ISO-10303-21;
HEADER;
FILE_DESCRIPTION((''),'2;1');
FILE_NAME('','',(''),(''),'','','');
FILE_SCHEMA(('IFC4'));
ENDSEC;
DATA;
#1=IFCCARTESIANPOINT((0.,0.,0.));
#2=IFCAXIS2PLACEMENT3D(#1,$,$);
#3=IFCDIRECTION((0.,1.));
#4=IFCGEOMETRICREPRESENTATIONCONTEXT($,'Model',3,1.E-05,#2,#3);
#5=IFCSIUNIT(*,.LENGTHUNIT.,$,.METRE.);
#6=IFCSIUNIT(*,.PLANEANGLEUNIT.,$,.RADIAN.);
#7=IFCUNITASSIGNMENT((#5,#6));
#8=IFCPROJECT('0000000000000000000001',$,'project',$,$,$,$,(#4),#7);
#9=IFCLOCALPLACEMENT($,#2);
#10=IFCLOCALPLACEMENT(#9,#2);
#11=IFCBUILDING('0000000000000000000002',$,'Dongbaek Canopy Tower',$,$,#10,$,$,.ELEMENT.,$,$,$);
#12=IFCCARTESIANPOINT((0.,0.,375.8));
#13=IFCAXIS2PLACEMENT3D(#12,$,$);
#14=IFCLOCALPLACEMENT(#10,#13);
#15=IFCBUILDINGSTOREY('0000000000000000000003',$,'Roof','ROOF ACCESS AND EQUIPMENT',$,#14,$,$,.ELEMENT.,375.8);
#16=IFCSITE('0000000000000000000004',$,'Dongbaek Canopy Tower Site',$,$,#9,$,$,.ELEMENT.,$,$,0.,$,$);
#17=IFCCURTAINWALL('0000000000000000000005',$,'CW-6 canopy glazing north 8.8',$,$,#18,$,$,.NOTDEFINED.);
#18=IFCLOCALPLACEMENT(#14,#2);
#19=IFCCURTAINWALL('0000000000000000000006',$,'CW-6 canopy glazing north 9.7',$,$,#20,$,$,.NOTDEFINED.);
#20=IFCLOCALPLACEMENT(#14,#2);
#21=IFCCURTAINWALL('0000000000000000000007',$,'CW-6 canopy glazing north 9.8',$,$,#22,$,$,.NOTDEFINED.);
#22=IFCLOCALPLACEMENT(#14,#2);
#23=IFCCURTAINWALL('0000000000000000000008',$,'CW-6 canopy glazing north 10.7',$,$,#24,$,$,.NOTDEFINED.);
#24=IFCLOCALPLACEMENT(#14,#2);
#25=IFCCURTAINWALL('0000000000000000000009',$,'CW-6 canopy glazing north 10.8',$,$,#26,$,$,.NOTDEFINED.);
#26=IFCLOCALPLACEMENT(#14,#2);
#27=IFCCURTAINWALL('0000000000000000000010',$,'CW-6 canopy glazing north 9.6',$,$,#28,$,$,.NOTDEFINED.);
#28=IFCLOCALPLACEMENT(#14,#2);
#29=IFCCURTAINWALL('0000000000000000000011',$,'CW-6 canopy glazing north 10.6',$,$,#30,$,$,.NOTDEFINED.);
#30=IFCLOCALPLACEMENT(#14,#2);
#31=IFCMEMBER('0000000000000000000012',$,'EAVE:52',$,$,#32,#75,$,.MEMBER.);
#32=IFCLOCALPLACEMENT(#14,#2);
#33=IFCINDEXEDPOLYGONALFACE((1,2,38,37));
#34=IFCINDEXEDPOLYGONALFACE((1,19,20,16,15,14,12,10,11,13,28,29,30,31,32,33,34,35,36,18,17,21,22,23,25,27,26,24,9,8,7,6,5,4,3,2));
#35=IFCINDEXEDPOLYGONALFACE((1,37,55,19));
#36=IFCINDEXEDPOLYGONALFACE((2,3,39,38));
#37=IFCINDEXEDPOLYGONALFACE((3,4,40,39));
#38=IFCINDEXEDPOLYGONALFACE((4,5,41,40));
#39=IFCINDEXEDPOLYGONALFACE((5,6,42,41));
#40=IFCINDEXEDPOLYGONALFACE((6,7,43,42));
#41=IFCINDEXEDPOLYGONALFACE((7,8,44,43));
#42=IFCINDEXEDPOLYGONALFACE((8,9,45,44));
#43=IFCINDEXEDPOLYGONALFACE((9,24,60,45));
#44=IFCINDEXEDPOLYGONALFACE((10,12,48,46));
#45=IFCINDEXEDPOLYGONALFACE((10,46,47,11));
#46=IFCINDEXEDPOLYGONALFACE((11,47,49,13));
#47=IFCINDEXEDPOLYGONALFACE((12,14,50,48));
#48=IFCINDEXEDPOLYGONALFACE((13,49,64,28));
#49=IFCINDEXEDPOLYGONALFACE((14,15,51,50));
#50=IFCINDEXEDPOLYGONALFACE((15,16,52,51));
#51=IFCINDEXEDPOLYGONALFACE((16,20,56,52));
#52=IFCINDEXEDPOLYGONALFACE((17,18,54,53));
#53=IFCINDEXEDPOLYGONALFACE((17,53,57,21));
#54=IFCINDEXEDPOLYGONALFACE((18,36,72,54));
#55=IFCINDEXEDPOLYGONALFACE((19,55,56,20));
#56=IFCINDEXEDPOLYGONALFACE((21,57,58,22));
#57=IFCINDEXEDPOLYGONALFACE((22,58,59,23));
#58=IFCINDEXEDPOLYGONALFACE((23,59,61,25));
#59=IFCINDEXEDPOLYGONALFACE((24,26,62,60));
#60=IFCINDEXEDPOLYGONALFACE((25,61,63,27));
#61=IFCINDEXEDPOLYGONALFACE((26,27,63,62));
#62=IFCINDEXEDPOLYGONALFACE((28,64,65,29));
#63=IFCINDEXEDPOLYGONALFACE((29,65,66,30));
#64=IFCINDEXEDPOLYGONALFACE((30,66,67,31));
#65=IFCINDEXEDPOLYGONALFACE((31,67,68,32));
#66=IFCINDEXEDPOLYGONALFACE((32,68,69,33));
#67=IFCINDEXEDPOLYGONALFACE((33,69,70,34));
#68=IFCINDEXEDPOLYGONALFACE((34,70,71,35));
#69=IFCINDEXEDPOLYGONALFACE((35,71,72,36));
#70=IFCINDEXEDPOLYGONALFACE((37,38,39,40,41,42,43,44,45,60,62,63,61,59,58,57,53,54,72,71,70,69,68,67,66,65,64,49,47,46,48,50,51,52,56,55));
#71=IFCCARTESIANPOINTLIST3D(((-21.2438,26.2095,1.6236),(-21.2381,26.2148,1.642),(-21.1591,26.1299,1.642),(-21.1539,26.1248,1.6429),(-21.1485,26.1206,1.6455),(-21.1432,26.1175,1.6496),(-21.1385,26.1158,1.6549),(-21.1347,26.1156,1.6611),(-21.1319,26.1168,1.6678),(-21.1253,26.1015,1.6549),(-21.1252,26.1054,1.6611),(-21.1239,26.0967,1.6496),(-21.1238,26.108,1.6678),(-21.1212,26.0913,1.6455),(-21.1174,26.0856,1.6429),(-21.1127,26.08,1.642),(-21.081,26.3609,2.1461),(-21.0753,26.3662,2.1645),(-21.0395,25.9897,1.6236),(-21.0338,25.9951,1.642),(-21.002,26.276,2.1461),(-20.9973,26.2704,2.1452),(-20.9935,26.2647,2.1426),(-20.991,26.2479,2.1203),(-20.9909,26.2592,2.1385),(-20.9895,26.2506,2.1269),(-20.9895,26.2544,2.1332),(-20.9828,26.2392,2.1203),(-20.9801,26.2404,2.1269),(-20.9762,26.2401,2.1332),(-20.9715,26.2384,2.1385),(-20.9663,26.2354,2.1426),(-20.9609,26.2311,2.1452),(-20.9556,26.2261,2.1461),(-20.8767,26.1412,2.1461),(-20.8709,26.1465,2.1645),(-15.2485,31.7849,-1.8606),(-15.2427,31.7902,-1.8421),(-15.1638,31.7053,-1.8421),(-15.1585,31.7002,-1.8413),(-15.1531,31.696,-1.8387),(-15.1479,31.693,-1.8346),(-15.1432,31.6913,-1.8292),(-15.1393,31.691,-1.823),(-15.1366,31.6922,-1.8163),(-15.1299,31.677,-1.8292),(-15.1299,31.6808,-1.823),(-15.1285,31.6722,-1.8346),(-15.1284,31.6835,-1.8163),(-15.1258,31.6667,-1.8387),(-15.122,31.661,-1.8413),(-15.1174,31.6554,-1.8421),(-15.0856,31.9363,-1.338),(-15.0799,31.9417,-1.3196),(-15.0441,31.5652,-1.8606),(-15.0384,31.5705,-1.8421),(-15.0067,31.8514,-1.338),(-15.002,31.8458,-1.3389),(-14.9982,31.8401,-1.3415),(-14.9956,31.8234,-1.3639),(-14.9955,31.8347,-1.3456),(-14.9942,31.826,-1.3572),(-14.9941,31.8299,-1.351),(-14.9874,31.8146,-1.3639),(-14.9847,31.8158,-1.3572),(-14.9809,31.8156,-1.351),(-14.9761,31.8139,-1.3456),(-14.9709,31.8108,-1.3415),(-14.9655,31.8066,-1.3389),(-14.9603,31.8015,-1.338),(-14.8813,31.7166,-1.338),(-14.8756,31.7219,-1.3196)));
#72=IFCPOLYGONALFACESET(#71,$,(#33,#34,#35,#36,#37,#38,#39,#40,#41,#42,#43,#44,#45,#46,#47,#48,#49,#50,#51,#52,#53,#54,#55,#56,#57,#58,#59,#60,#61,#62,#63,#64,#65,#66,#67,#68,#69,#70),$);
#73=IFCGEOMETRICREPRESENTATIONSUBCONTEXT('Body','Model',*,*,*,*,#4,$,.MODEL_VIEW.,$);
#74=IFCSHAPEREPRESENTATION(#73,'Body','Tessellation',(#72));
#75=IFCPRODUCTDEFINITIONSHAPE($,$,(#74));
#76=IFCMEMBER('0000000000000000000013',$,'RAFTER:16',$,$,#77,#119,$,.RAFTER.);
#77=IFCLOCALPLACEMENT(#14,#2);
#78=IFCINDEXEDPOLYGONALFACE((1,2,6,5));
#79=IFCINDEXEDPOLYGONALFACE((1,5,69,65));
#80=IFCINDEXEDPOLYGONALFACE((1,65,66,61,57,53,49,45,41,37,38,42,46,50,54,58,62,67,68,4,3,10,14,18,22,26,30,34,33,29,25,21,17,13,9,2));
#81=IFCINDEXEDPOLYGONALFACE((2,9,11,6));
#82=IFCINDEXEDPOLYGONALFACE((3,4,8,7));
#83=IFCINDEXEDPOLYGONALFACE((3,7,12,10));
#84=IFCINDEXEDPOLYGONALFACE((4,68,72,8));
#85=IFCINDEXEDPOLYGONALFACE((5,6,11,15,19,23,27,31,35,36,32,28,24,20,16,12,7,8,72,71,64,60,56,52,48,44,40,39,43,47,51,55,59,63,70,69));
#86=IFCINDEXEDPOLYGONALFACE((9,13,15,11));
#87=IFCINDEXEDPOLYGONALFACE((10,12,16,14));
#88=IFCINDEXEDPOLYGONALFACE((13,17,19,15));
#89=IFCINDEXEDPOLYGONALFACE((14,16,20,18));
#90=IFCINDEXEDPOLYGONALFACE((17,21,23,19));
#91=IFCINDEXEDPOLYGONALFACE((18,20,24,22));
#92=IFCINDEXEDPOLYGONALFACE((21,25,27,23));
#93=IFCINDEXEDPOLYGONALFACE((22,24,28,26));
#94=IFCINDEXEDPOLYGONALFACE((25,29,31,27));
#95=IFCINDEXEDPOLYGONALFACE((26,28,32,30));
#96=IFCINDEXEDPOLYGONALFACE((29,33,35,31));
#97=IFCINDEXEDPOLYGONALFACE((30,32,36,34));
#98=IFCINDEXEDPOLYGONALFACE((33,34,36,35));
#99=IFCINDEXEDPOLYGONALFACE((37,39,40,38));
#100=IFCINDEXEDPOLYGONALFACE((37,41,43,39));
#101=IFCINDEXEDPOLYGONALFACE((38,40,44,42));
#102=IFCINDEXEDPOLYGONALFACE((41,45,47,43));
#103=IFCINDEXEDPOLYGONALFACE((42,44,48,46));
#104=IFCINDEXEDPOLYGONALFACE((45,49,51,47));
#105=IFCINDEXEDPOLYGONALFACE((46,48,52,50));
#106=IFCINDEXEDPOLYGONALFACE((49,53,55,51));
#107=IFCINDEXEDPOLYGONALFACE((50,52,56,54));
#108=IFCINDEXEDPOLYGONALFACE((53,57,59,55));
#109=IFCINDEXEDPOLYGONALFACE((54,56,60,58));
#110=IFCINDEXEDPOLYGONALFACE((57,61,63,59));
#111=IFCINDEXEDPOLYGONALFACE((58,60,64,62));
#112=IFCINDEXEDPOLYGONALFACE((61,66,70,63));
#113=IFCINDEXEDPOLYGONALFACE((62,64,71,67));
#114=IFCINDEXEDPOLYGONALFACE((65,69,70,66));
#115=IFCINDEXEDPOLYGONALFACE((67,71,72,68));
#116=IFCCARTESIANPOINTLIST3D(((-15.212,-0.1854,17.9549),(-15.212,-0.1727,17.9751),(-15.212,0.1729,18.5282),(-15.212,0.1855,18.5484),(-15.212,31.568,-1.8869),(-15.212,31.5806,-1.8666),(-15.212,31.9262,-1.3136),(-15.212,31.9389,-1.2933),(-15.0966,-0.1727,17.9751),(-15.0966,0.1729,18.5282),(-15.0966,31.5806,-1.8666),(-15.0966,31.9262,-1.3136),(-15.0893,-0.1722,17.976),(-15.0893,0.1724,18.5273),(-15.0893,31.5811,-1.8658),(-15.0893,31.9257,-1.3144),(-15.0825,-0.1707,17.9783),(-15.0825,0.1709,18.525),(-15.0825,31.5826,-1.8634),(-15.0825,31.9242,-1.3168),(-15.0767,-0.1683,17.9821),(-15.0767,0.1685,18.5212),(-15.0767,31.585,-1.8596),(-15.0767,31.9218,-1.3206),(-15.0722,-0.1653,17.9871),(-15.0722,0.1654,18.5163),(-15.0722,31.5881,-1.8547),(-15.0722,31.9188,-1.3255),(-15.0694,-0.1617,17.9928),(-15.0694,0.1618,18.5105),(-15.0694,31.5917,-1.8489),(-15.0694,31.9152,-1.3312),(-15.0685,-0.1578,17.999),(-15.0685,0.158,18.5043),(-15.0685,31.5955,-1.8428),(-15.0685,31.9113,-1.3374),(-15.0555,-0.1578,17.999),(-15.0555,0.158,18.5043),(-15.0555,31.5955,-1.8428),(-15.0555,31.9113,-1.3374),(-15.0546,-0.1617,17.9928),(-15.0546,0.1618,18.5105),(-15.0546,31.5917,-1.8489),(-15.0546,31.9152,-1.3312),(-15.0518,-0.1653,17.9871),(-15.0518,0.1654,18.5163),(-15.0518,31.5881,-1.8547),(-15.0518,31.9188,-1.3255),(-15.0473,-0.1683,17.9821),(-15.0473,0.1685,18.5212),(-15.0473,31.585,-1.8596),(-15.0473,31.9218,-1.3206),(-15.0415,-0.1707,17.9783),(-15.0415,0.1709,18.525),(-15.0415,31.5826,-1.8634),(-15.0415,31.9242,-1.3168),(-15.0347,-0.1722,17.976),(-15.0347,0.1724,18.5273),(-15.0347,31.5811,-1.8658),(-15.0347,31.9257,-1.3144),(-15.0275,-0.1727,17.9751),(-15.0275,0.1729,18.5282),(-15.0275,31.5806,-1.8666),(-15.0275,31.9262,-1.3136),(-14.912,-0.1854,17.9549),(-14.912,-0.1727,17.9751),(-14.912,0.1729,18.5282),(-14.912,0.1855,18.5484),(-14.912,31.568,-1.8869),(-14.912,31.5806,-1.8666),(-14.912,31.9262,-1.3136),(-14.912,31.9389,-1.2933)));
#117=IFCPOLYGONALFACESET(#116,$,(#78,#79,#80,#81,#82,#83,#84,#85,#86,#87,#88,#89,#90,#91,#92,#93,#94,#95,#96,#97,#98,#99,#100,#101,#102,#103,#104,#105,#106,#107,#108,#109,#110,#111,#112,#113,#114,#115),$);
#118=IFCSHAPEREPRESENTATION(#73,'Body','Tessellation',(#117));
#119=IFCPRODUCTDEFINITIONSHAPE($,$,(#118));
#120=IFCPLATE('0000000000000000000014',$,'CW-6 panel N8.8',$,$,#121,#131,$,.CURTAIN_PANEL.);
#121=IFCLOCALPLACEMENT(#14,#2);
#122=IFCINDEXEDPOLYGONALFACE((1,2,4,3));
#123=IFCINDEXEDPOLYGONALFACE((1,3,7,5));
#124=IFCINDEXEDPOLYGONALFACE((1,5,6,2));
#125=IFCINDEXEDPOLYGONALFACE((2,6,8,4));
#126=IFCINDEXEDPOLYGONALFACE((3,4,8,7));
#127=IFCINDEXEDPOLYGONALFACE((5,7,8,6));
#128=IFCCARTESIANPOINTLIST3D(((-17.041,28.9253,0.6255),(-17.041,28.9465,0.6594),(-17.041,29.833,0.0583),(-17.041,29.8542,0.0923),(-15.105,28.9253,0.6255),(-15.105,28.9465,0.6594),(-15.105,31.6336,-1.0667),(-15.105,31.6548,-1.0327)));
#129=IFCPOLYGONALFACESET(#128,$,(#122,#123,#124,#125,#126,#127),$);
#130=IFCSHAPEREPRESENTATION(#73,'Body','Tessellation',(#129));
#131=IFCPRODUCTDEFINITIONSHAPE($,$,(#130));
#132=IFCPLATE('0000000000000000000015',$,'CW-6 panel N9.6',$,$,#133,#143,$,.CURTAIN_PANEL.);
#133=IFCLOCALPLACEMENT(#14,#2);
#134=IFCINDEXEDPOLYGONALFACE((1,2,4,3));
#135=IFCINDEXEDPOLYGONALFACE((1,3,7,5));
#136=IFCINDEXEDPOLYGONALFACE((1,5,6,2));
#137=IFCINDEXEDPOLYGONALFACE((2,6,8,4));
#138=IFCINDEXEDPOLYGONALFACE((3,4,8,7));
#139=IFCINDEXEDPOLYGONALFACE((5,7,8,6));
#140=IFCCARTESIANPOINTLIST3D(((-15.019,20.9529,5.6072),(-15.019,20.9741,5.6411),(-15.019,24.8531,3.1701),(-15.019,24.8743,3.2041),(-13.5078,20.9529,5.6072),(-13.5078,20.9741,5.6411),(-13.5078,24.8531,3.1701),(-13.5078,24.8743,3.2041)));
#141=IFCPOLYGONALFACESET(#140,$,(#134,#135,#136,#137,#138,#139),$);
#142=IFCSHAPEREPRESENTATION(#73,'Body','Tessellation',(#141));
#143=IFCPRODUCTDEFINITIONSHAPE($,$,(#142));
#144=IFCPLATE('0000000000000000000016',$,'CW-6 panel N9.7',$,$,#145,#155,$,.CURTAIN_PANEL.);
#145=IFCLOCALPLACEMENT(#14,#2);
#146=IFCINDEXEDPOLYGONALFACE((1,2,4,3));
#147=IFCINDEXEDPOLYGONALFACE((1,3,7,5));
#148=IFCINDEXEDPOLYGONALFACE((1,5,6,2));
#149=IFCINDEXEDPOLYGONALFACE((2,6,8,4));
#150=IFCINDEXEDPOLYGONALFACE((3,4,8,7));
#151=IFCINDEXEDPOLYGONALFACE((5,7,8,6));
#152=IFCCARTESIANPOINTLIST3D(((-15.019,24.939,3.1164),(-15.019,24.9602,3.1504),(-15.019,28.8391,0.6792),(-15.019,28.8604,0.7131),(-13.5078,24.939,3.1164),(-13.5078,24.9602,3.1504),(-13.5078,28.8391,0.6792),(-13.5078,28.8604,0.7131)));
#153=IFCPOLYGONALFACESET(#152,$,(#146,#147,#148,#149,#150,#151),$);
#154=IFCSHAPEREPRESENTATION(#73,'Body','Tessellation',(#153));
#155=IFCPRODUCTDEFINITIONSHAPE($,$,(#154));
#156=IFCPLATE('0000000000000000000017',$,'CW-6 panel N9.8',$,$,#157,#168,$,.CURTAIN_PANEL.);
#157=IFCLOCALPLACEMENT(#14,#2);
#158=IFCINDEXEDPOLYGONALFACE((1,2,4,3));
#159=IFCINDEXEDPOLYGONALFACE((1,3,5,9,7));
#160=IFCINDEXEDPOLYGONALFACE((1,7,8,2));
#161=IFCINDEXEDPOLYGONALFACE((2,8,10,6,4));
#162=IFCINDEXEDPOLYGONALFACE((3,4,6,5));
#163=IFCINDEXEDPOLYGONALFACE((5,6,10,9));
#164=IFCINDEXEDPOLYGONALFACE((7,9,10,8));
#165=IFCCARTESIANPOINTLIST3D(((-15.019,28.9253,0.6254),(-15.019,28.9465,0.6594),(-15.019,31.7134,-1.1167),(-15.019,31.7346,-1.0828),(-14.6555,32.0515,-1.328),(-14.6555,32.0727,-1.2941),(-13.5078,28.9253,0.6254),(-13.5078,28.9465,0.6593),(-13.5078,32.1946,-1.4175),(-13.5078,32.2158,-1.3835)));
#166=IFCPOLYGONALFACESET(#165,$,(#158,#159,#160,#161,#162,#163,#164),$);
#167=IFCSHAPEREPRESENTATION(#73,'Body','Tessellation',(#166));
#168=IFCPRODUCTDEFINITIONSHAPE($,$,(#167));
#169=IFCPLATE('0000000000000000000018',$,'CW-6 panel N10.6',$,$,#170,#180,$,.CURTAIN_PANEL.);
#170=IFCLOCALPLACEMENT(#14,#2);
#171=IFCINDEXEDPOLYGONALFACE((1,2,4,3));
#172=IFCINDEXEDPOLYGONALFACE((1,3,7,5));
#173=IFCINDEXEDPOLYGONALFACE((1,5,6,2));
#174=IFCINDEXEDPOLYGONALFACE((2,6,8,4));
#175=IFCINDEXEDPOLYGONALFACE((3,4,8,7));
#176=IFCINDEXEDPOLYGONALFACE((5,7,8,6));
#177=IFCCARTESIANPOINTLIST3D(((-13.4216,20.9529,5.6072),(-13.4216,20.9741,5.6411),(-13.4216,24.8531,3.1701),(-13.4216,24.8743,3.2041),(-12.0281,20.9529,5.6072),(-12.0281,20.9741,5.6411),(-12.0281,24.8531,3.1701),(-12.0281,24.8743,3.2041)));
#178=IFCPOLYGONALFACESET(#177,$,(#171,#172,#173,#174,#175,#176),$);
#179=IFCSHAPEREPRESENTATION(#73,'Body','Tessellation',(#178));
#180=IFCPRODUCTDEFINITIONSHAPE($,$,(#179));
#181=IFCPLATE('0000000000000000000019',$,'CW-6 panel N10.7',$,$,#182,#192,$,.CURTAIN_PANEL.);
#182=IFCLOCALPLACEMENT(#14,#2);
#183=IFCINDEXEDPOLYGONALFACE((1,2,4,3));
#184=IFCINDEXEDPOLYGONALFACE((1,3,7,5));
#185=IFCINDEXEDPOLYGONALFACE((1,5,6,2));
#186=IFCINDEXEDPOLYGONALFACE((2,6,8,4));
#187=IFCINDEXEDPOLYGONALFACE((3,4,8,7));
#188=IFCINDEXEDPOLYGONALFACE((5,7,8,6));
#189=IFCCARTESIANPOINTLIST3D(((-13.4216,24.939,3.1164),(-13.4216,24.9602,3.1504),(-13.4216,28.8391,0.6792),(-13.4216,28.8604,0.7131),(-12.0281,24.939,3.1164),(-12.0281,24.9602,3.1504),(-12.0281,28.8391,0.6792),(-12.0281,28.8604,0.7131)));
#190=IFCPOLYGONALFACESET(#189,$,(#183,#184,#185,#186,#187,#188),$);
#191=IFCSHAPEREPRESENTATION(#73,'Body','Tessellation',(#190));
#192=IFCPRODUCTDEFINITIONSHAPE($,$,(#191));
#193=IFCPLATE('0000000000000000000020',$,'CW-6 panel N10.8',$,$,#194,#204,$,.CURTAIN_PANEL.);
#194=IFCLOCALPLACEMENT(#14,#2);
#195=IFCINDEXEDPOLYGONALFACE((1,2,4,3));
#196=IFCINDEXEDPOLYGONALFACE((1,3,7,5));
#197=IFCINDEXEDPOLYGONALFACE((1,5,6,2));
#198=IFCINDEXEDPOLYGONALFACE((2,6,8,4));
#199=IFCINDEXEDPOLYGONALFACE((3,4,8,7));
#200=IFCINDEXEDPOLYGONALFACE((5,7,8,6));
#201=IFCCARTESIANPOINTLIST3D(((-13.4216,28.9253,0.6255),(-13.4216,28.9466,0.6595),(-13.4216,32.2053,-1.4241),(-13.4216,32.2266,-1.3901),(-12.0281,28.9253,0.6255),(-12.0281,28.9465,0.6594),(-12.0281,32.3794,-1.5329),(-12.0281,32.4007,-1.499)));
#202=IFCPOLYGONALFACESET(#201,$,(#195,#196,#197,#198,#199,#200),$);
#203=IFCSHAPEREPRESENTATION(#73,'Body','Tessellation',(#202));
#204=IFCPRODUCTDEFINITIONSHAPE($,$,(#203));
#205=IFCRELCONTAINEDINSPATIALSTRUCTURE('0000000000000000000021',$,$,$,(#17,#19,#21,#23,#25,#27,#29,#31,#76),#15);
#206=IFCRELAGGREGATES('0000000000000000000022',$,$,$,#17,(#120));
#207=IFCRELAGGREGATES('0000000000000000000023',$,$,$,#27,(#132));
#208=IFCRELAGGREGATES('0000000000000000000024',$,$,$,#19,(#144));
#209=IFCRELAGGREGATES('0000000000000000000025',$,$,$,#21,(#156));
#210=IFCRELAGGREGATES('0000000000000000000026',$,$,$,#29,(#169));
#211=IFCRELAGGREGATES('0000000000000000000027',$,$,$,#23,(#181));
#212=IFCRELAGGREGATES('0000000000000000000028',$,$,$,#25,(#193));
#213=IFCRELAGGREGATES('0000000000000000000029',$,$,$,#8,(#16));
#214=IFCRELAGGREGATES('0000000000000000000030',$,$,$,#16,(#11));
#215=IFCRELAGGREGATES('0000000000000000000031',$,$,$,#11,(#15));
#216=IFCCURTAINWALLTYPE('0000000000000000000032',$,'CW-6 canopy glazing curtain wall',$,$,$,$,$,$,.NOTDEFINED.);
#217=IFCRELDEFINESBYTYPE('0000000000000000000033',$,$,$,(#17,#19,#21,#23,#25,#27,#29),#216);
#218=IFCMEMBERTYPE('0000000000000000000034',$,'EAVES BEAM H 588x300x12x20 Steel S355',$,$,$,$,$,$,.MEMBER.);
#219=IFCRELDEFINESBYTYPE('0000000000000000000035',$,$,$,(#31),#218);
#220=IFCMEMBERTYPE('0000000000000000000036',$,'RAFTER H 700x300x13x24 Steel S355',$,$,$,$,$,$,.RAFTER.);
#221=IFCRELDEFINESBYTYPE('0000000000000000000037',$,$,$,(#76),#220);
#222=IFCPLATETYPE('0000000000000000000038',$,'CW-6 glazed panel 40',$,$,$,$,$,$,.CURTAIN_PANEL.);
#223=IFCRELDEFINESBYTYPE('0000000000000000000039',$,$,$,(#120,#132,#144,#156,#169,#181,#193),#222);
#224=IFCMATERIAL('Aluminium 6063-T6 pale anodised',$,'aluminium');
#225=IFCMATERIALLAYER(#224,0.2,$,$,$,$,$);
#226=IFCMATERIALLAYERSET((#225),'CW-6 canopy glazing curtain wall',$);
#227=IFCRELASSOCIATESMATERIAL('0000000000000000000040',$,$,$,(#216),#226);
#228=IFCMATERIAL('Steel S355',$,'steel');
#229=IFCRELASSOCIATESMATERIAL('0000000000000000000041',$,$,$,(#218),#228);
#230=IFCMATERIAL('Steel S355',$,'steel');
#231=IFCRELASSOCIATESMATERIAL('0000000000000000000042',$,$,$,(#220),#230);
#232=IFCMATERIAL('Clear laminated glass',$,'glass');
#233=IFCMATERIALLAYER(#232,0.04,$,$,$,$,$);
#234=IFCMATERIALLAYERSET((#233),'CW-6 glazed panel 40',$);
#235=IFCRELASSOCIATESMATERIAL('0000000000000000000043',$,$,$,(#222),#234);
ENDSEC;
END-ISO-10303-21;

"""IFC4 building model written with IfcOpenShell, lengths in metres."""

from ifc_helpers import new_model, si_unit, direction, frame, origin, origin_2d, place, context, subcontext, project, spatial, polyline, i_section, outline, extrude, material, layer, layer_set, material_profile, profile_set, type_object, element, aggregate, save


model = new_model("IFC4")

# Units and contexts
model_context = context("Model", 3, precision=1e-05, world=origin(), true_north=direction((0.0, 1.0)))
body_context = subcontext(model_context, "Body", "Model", "MODEL_VIEW")
ifc_project = project(units=[si_unit("LENGTHUNIT", "METRE"), si_unit("PLANEANGLEUNIT", "RADIAN")], contexts=[model_context])

# Site, building, storey
site_placement = place(None, origin())
site = spatial("IfcSite", under=ifc_project, at=site_placement, Name="Dongbaek Canopy Tower Site", CompositionType="ELEMENT", RefElevation=0.0)
building_placement = place(site_placement, origin())
building = spatial("IfcBuilding", under=site, at=building_placement, Name="Dongbaek Canopy Tower", CompositionType="ELEMENT")
storey_placement = place(building_placement, frame((0.0, 0.0, 375.8)))
storey = spatial("IfcBuildingStorey", under=building, at=storey_placement, Name="Roof", Description="ROOF ACCESS AND EQUIPMENT", CompositionType="ELEMENT", Elevation=375.8)

# Curtain walls
ifc_material_1 = material(Name="Aluminium 6063-T6 pale anodised", Category="aluminium")
ifc_layer_1 = layer(ifc_material_1, 0.2)
ifc_layer_set_1 = layer_set([ifc_layer_1], Name="CW-6 canopy glazing curtain wall")
curtain_wall_type = type_object("IfcCurtainWallType", Name="CW-6 canopy glazing curtain wall", PredefinedType="NOTDEFINED", material=ifc_layer_set_1)
curtain_wall_1_placement = place(storey_placement, origin())
curtain_wall_1 = element("IfcCurtainWall", 1, at=curtain_wall_1_placement, inside=storey, type_object=curtain_wall_type, Name="CW-6 canopy glazing north 8.8", PredefinedType="NOTDEFINED")
curtain_wall_2_placement = place(storey_placement, origin())
curtain_wall_2 = element("IfcCurtainWall", 2, at=curtain_wall_2_placement, inside=storey, type_object=curtain_wall_type, Name="CW-6 canopy glazing north 9.7", PredefinedType="NOTDEFINED")
curtain_wall_3_placement = place(storey_placement, origin())
curtain_wall_3 = element("IfcCurtainWall", 3, at=curtain_wall_3_placement, inside=storey, type_object=curtain_wall_type, Name="CW-6 canopy glazing north 9.8", PredefinedType="NOTDEFINED")
curtain_wall_4_placement = place(storey_placement, origin())
curtain_wall_4 = element("IfcCurtainWall", 4, at=curtain_wall_4_placement, inside=storey, type_object=curtain_wall_type, Name="CW-6 canopy glazing north 10.7", PredefinedType="NOTDEFINED")
curtain_wall_5_placement = place(storey_placement, origin())
curtain_wall_5 = element("IfcCurtainWall", 5, at=curtain_wall_5_placement, inside=storey, type_object=curtain_wall_type, Name="CW-6 canopy glazing north 10.8", PredefinedType="NOTDEFINED")
curtain_wall_6_placement = place(storey_placement, origin())
curtain_wall_6 = element("IfcCurtainWall", 6, at=curtain_wall_6_placement, inside=storey, type_object=curtain_wall_type, Name="CW-6 canopy glazing north 9.6", PredefinedType="NOTDEFINED")

# Curtain wall
curtain_wall_7_placement = place(storey_placement, origin())
curtain_wall_7 = element("IfcCurtainWall", 7, at=curtain_wall_7_placement, inside=storey, type_object=curtain_wall_type, Name="CW-6 canopy glazing north 10.6", PredefinedType="NOTDEFINED")

# Members
ifc_material_2 = material(Name="Steel S355", Category="steel")
ifc_material_profile_1 = material_profile(ifc_material_2, i_section(OverallWidth=0.3, OverallDepth=0.5879, WebThickness=0.012, FlangeThickness=0.02, FilletRadius=0.0281, at=origin_2d()), Name="EAVES BEAM H 588x300x12x20 Steel S355")
ifc_profile_set_1 = profile_set([ifc_material_profile_1], Name="Steel S355")
member_type_1 = type_object("IfcMemberType", Name="EAVES BEAM H 588x300x12x20 Steel S355", PredefinedType="MEMBER", material=ifc_profile_set_1)
member_1_placement = place(storey_placement, frame((-15.062, 31.7534, -1.5901), z_axis=(-0.67381, -0.626616, 0.391577), x_axis=(0.680996, -0.732287, 0.0)))
element("IfcMember", 8, at=member_1_placement, inside=storey, type_object=member_type_1, Name="EAVE:52", PredefinedType="MEMBER", context=body_context, shape_type="SweptSolid", body=[
    extrude(i_section(OverallWidth=0.3, OverallDepth=0.5879, WebThickness=0.012, FlangeThickness=0.02, FilletRadius=0.0281, at=origin_2d()), origin(), (0.0, 0.0, 1.0), 8.8977),
])
ifc_material_3 = material(Name="Steel S355", Category="steel")
ifc_material_profile_2 = material_profile(ifc_material_3, i_section(OverallWidth=0.3, OverallDepth=0.7, WebThickness=0.0129, FlangeThickness=0.0239, FilletRadius=0.0281, at=origin_2d()), Name="RAFTER H 700x300x13x24 Steel S355")
ifc_profile_set_2 = profile_set([ifc_material_profile_2], Name="Steel S355")
member_type_2 = type_object("IfcMemberType", Name="RAFTER H 700x300x13x24 Steel S355", PredefinedType="RAFTER", material=ifc_profile_set_2)
member_2_placement = place(storey_placement, frame((-15.062, 31.7534, -1.5901), z_axis=(0.0, -0.848047, 0.52992), x_axis=(1.0, 0.0, 0.0)))
element("IfcMember", 9, at=member_2_placement, inside=storey, type_object=member_type_2, Name="RAFTER:16", PredefinedType="RAFTER", context=body_context, shape_type="SweptSolid", body=[
    extrude(i_section(OverallWidth=0.3, OverallDepth=0.7, WebThickness=0.0129, FlangeThickness=0.0239, FilletRadius=0.0281, at=origin_2d()), origin(), (0.0, 0.0, 1.0), 37.4429),
])

# Plates
ifc_material_4 = material(Name="Clear laminated glass", Category="glass")
ifc_layer_2 = layer(ifc_material_4, 0.04)
ifc_layer_set_2 = layer_set([ifc_layer_2], Name="CW-6 glazed panel 40")
plate_type = type_object("IfcPlateType", Name="CW-6 glazed panel 40", PredefinedType="CURTAIN_PANEL", material=ifc_layer_set_2)
plate_1_placement = place(storey_placement, frame((-15.105, 28.9465, 0.6594), z_axis=(0.000003, 0.529881, 0.848072), x_axis=(-1.0, 0.000002, 0.000003)))
plate_1 = element("IfcPlate", 10, at=plate_1_placement, type_object=plate_type, Name="CW-6 panel N8.8", PredefinedType="CURTAIN_PANEL", context=body_context, shape_type="SweptSolid", body=[
    extrude(outline(polyline([(0.0, 0.0), (1.936, 0.0), (1.936, -1.0703), (0.0, -3.1934), (0.0, 0.0)])), origin(), (0.0, 0.0, -1.0), 0.04),
])
aggregate(curtain_wall_1, [plate_1])
plate_2_placement = place(storey_placement, frame((-13.5078, 20.9741, 5.6411), z_axis=(0.0, 0.529908, 0.848055), x_axis=(-1.0, 0.0, 0.0)))
plate_2 = element("IfcPlate", 11, at=plate_2_placement, type_object=plate_type, Name="CW-6 panel N9.6", PredefinedType="CURTAIN_PANEL", context=body_context, shape_type="SweptSolid", body=[
    extrude(outline(polyline([(0.0, 0.0), (1.5112, 0.0), (1.5112, -4.5989), (0.0, -4.5989), (0.0, 0.0)])), origin(), (0.0, 0.0, -1.0), 0.04),
])
aggregate(curtain_wall_6, [plate_2])
plate_3_placement = place(storey_placement, frame((-13.5078, 24.9602, 3.1504), z_axis=(0.0, 0.529946, 0.848031), x_axis=(-1.0, 0.0, 0.0)))
plate_3 = element("IfcPlate", 12, at=plate_3_placement, type_object=plate_type, Name="CW-6 panel N9.7", PredefinedType="CURTAIN_PANEL", context=body_context, shape_type="SweptSolid", body=[
    extrude(outline(polyline([(0.0, 0.0), (1.5112, 0.0), (1.5112, -4.5991), (0.0, -4.5991), (0.0, 0.0)])), origin(), (0.0, 0.0, -1.0), 0.04),
])
aggregate(curtain_wall_2, [plate_3])
plate_4_placement = place(storey_placement, frame((-13.5078, 32.2158, -1.3835), z_axis=(0.000031, 0.529915, 0.848051), x_axis=(0.0, -0.848051, 0.529915)))
plate_4 = element("IfcPlate", 13, at=plate_4_placement, type_object=plate_type, Name="CW-6 panel N9.8", PredefinedType="CURTAIN_PANEL", context=body_context, shape_type="SweptSolid", body=[
    extrude(outline(polyline([(0.0, 0.0), (3.8551, 0.0), (3.8551, -1.5112), (0.5675, -1.5112), (0.1688, -1.1477), (0.0, 0.0)])), origin(), (0.0, 0.0, -1.0), 0.04),
])
aggregate(curtain_wall_3, [plate_4])
plate_5_placement = place(storey_placement, frame((-12.0281, 20.9741, 5.6411), z_axis=(0.0, 0.529908, 0.848055), x_axis=(-1.0, 0.0, 0.0)))
plate_5 = element("IfcPlate", 14, at=plate_5_placement, type_object=plate_type, Name="CW-6 panel N10.6", PredefinedType="CURTAIN_PANEL", context=body_context, shape_type="SweptSolid", body=[
    extrude(outline(polyline([(0.0, 0.0), (1.3936, 0.0), (1.3936, -4.5989), (0.0, -4.5989), (0.0, 0.0)])), origin(), (0.0, 0.0, -1.0), 0.04),
])
aggregate(curtain_wall_7, [plate_5])
plate_6_placement = place(storey_placement, frame((-12.0281, 24.9602, 3.1504), z_axis=(0.0, 0.529946, 0.848031), x_axis=(-1.0, 0.0, 0.0)))
plate_6 = element("IfcPlate", 15, at=plate_6_placement, type_object=plate_type, Name="CW-6 panel N10.7", PredefinedType="CURTAIN_PANEL", context=body_context, shape_type="SweptSolid", body=[
    extrude(outline(polyline([(0.0, 0.0), (1.3936, 0.0), (1.3936, -4.5991), (0.0, -4.5991), (0.0, 0.0)])), origin(), (0.0, 0.0, -1.0), 0.04),
])
aggregate(curtain_wall_4, [plate_6])
plate_7_placement = place(storey_placement, frame((-12.0281, 28.9465, 0.6594), z_axis=(0.000034, 0.529924, 0.848045), x_axis=(-1.0, 0.000018, 0.000029)))
plate_7 = element("IfcPlate", 16, at=plate_7_placement, type_object=plate_type, Name="CW-6 panel N10.8", PredefinedType="CURTAIN_PANEL", context=body_context, shape_type="SweptSolid", body=[
    extrude(outline(polyline([(0.0, 0.0), (1.3936, 0.0), (1.3936, -3.8677), (0.0, -4.073), (0.0, 0.0)])), origin(), (0.0, 0.0, -1.0), 0.04),
])
aggregate(curtain_wall_5, [plate_7])

save(model, "model.ifc")
